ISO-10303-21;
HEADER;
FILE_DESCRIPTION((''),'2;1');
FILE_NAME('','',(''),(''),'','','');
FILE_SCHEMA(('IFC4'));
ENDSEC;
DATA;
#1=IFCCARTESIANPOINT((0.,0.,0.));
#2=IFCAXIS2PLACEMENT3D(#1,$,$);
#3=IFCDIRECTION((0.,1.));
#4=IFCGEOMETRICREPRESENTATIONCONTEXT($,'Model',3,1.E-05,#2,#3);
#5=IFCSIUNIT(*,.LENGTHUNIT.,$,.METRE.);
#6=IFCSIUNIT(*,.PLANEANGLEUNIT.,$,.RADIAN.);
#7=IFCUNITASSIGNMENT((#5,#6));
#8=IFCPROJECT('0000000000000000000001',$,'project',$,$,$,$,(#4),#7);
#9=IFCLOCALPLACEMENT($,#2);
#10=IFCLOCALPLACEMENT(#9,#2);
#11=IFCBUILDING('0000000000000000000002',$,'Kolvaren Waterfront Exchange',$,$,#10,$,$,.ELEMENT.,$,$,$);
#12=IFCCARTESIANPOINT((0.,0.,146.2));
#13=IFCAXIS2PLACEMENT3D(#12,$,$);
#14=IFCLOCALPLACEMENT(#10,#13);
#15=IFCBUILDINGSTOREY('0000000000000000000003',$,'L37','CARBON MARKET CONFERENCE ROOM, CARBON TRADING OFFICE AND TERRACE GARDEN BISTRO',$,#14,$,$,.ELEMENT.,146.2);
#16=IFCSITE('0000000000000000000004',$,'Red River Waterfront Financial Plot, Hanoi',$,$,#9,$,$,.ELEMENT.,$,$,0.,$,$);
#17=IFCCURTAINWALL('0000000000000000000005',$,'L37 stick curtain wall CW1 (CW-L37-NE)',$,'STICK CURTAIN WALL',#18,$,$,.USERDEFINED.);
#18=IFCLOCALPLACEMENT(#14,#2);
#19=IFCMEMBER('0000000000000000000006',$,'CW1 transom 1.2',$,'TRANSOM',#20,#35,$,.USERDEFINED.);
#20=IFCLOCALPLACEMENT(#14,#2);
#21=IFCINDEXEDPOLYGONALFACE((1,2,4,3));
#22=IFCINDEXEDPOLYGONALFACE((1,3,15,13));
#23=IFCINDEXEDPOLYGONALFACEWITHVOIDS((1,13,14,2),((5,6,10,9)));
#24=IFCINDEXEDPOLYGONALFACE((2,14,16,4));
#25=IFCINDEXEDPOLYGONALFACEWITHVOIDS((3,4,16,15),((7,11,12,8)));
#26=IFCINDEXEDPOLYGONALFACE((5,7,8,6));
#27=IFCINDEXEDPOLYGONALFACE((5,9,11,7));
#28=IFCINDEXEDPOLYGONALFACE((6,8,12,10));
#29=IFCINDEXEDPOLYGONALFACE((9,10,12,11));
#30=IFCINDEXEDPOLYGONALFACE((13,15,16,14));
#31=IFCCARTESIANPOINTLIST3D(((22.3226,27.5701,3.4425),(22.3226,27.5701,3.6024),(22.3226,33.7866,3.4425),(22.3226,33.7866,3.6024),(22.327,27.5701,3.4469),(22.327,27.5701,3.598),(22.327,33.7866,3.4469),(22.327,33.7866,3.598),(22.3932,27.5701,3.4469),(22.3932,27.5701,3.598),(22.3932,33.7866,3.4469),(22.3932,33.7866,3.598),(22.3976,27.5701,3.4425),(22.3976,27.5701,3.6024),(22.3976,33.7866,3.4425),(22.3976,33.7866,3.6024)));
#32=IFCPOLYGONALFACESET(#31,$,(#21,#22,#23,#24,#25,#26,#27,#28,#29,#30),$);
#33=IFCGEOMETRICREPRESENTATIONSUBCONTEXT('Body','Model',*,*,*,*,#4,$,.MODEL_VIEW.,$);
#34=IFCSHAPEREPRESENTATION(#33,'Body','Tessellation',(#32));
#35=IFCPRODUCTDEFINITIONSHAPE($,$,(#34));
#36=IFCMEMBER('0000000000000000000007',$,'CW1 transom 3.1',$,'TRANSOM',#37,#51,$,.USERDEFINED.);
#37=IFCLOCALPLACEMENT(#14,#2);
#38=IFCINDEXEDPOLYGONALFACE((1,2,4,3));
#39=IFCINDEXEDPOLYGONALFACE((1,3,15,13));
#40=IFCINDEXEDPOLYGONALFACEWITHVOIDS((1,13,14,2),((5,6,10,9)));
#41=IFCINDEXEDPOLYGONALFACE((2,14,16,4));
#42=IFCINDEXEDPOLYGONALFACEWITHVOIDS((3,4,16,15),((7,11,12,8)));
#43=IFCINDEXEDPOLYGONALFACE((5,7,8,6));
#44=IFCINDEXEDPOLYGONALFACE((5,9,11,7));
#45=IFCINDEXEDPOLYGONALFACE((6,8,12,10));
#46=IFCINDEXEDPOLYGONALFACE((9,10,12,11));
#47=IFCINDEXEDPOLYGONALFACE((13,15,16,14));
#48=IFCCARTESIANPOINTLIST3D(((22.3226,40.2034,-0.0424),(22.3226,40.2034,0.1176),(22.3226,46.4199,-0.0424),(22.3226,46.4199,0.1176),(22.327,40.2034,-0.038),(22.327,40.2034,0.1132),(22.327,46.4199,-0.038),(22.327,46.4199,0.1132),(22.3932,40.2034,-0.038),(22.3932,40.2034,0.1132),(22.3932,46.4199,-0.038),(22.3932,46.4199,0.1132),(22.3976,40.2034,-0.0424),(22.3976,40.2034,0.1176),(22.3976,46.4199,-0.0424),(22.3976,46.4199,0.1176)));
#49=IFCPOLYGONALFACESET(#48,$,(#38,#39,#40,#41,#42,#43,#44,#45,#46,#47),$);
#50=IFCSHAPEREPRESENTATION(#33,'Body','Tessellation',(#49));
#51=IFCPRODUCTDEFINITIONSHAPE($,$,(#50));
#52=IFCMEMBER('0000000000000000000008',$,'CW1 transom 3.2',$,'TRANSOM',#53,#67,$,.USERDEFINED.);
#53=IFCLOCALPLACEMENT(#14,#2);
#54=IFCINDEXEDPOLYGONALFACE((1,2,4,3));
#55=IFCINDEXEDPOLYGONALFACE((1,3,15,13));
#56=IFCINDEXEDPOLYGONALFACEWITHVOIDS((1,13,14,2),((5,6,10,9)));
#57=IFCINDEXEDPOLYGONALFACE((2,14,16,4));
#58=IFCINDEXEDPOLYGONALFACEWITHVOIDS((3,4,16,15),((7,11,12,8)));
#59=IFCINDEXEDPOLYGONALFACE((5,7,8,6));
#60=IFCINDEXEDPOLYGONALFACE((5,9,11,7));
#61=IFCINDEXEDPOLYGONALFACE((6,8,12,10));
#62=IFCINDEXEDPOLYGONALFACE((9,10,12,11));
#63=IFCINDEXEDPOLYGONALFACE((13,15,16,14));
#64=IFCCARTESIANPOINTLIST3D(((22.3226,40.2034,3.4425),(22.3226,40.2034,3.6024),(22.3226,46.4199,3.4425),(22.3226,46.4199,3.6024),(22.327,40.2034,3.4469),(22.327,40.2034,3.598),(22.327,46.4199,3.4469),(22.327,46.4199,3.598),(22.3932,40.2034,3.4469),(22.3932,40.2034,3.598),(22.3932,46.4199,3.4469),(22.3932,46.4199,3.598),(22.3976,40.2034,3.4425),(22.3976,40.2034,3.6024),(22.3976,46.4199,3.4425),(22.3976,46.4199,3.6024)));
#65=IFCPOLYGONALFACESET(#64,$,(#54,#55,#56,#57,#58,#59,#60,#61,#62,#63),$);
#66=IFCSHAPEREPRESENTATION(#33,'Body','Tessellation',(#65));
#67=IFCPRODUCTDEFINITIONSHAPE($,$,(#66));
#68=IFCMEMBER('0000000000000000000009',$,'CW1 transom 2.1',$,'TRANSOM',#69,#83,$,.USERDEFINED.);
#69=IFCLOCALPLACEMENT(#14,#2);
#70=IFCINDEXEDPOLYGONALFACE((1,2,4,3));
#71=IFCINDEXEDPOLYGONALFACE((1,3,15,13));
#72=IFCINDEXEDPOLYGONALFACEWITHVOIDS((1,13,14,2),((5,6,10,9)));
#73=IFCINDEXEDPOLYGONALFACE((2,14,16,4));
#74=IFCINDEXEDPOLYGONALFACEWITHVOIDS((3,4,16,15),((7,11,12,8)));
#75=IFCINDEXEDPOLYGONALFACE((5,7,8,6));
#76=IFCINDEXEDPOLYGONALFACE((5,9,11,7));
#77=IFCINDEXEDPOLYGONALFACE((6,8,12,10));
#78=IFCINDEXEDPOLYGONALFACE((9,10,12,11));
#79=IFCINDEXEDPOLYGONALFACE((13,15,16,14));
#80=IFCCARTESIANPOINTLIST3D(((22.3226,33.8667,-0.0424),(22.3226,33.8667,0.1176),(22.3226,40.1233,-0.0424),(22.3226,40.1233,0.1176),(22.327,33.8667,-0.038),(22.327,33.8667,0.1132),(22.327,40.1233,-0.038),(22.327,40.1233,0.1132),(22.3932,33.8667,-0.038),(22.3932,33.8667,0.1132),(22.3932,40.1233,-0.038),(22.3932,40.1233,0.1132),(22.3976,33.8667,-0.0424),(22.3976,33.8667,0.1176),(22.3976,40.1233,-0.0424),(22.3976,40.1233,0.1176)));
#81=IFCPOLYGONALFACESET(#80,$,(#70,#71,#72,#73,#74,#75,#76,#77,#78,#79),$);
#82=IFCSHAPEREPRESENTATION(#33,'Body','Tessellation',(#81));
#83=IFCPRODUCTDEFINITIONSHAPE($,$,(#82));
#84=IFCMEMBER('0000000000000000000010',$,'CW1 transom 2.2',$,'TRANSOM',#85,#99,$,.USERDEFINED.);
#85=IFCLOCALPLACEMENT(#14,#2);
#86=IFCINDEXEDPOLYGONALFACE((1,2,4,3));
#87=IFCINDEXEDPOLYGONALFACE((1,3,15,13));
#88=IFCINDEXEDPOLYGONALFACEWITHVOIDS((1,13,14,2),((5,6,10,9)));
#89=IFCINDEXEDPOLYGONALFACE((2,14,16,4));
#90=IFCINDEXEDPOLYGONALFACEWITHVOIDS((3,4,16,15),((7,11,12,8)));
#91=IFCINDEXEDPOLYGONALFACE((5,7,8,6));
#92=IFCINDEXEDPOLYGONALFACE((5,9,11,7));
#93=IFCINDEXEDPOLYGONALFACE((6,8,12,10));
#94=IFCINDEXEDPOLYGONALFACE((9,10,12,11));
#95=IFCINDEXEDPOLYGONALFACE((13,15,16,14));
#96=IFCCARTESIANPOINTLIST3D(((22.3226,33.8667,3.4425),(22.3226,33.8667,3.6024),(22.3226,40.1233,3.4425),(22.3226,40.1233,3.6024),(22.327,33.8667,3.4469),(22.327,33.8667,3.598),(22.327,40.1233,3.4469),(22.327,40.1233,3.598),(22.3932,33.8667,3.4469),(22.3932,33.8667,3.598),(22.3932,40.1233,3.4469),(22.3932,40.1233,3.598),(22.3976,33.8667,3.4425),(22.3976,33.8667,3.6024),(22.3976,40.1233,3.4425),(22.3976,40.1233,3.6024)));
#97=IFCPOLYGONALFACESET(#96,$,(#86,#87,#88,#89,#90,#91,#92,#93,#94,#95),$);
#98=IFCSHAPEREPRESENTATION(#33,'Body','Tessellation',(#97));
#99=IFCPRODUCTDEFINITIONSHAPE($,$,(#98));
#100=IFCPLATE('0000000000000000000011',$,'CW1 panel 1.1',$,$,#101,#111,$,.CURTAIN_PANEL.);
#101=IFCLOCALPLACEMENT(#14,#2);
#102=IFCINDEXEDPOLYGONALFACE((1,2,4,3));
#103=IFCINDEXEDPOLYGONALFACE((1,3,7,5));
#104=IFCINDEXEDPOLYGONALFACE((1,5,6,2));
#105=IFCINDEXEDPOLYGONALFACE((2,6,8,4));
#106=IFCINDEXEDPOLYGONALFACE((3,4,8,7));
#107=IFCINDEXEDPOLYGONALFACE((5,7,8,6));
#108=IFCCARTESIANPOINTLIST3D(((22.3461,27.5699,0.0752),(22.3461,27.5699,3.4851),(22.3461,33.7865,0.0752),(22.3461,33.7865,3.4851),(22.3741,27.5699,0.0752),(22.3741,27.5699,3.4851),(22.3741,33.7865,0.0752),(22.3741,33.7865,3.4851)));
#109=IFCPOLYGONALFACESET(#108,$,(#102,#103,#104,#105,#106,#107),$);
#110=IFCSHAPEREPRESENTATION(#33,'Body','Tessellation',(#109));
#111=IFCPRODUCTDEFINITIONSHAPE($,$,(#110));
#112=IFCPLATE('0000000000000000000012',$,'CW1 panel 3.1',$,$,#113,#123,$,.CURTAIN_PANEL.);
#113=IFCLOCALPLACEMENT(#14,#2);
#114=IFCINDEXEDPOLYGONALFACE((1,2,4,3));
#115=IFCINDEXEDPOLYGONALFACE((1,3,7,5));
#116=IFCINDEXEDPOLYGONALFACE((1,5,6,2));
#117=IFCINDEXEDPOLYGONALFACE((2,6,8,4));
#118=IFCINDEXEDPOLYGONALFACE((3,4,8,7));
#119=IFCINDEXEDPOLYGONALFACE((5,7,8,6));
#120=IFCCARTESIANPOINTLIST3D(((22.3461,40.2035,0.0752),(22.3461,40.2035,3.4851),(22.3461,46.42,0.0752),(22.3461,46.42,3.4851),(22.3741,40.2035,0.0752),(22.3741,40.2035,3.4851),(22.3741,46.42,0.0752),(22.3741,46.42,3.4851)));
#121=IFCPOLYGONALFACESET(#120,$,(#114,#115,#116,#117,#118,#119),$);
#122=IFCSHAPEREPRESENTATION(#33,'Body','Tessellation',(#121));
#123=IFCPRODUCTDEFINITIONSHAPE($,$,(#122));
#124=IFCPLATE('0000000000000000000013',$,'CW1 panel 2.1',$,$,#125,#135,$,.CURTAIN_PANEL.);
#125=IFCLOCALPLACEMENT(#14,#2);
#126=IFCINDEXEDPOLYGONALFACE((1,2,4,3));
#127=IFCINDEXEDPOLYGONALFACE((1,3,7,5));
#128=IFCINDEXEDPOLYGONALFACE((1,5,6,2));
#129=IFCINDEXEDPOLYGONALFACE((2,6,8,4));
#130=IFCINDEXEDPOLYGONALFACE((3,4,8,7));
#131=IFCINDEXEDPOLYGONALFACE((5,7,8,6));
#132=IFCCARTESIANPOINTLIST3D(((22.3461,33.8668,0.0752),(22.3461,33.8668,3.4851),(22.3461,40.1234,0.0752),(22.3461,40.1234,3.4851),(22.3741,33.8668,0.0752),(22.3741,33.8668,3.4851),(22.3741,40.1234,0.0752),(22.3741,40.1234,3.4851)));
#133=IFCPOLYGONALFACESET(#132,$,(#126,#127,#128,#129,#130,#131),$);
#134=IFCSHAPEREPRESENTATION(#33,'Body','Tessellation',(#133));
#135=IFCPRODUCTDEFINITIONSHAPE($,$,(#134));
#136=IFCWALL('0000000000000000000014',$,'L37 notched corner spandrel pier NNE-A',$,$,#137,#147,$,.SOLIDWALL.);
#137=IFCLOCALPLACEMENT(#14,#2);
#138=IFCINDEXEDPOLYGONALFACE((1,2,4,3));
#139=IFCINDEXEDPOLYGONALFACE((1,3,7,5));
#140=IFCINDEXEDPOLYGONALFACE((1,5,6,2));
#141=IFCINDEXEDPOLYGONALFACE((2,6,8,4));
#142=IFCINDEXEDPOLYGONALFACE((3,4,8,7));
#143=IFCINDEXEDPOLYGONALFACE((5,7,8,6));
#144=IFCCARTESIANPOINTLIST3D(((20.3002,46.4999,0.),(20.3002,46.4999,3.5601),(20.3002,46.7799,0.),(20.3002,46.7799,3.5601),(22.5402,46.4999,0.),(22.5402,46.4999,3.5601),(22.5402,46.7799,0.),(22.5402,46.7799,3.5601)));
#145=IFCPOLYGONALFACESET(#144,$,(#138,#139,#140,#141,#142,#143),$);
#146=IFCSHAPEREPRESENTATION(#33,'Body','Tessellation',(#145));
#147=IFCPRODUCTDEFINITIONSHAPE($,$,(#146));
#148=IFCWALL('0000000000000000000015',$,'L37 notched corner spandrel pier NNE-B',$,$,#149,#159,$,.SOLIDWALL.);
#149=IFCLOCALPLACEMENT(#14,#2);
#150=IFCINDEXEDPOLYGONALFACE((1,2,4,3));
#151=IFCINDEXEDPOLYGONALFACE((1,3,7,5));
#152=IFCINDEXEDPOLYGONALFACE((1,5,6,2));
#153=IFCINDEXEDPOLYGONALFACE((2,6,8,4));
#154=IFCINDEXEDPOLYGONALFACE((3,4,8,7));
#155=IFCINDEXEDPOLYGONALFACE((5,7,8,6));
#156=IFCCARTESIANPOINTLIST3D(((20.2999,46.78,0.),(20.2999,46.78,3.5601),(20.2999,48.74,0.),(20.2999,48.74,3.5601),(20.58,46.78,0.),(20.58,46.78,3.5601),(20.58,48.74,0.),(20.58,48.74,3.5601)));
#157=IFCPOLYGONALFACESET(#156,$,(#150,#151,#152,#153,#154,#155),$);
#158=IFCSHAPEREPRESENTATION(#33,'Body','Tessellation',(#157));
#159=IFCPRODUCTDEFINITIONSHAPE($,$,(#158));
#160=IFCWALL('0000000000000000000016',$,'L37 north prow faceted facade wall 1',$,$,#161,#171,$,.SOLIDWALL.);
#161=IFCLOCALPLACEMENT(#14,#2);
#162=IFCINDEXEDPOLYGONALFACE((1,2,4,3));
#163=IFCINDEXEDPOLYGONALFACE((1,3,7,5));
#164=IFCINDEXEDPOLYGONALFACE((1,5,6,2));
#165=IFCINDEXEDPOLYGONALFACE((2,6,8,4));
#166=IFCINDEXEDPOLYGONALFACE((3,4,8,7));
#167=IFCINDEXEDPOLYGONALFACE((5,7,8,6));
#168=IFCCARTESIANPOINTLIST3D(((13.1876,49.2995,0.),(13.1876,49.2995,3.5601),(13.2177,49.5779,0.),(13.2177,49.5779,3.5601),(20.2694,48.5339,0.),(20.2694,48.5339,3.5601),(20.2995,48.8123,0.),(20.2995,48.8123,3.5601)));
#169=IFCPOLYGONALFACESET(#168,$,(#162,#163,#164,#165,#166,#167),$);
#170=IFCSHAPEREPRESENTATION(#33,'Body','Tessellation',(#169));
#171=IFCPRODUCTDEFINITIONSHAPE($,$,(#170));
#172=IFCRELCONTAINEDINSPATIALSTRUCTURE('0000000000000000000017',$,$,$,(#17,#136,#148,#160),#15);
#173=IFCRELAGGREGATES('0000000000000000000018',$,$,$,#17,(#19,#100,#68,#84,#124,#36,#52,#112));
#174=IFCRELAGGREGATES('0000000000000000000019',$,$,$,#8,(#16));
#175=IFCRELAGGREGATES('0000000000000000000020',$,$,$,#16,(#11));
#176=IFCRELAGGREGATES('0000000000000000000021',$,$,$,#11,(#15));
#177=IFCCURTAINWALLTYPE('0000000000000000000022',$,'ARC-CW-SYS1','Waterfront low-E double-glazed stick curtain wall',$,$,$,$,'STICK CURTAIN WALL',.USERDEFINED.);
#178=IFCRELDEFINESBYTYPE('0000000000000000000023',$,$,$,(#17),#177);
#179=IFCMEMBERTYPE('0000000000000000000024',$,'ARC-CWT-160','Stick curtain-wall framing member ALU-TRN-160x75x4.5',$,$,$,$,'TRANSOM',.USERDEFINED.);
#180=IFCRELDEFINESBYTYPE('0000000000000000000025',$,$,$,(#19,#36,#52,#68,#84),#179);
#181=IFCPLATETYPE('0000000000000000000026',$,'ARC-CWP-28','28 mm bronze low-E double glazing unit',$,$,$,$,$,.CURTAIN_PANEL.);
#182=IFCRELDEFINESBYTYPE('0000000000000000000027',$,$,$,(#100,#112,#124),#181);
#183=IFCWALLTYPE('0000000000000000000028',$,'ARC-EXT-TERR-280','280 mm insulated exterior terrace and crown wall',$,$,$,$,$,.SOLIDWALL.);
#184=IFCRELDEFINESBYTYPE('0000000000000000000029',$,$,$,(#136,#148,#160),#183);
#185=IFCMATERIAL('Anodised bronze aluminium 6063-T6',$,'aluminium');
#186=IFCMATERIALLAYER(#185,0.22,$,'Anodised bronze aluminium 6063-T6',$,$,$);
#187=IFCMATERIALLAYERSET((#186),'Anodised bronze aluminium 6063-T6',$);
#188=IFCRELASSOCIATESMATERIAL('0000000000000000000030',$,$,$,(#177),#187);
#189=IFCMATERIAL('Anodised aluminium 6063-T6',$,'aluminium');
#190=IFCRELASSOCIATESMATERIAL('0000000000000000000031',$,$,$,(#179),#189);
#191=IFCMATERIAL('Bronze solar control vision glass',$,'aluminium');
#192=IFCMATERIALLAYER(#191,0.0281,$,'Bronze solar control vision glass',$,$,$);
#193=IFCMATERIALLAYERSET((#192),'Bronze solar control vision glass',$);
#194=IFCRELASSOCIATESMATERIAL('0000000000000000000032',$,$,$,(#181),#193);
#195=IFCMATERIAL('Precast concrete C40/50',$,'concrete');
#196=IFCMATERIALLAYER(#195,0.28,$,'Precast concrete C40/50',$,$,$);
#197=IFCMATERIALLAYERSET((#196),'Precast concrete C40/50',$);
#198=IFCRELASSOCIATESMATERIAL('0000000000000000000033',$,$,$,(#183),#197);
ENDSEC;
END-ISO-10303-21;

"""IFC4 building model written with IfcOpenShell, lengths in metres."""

from ifc_helpers import new_model, si_unit, direction, frame, frame_2d, origin, origin_with_axes, origin_2d, place, context, subcontext, project, spatial, rectangle, hollow_rectangle, extrude, source, transform, mapped, material, layer, layer_set, material_profile, profile_set, type_object, element, aggregate, save


model = new_model("IFC4")

# Units and contexts
model_context = context("Model", 3, precision=1e-05, world=origin(), true_north=direction((0.0, 1.0)))
body_context = subcontext(model_context, "Body", "Model", "MODEL_VIEW")
ifc_project = project(units=[si_unit("LENGTHUNIT", "METRE"), si_unit("PLANEANGLEUNIT", "RADIAN")], contexts=[model_context])

# Site, building, storey
site_placement = place(None, origin())
site = spatial("IfcSite", under=ifc_project, at=site_placement, Name="Red River Waterfront Financial Plot, Hanoi", CompositionType="ELEMENT", RefElevation=0.0)
building_placement = place(site_placement, origin())
building = spatial("IfcBuilding", under=site, at=building_placement, Name="Kolvaren Waterfront Exchange", CompositionType="ELEMENT")
storey_placement = place(building_placement, frame((0.0, 0.0, 146.2)))
storey = spatial("IfcBuildingStorey", under=building, at=storey_placement, Name="L37", Description="CARBON MARKET CONFERENCE ROOM, CARBON TRADING OFFICE AND TERRACE GARDEN BISTRO", CompositionType="ELEMENT", Elevation=146.2)

# Curtain wall, members, plates
ifc_material_1 = material(Name="Anodised bronze aluminium 6063-T6", Category="aluminium")
ifc_layer_1 = layer(ifc_material_1, 0.22, Name="Anodised bronze aluminium 6063-T6")
ifc_layer_set_1 = layer_set([ifc_layer_1], Name="Anodised bronze aluminium 6063-T6")
curtain_wall_type = type_object("IfcCurtainWallType", Name="ARC-CW-SYS1", Description="Waterfront low-E double-glazed stick curtain wall", ElementType="STICK CURTAIN WALL", PredefinedType="USERDEFINED", material=ifc_layer_set_1)
curtain_wall_placement = place(storey_placement, origin())
curtain_wall = element("IfcCurtainWall", 1, at=curtain_wall_placement, inside=storey, type_object=curtain_wall_type, Name="L37 stick curtain wall CW1 (CW-L37-NE)", ObjectType="STICK CURTAIN WALL", PredefinedType="USERDEFINED")
ifc_material_2 = material(Name="Anodised aluminium 6063-T6", Category="aluminium")
ifc_material_profile_1 = material_profile(ifc_material_2, hollow_rectangle(XDim=0.075, YDim=0.1599, WallThickness=0.0044, at=origin_2d()), Name="ALU-TRN-160x75x4.5")
ifc_profile_set_1 = profile_set([ifc_material_profile_1], Name="Anodised aluminium 6063-T6")
member_type_1 = type_object("IfcMemberType", Name="ARC-CWT-160", Description="Stick curtain-wall framing member ALU-TRN-160x75x4.5", ElementType="TRANSOM", PredefinedType="USERDEFINED", material=ifc_profile_set_1)
shared_shape_1 = source(origin_with_axes(), body_context, "Body", "SweptSolid", [
    extrude(hollow_rectangle(XDim=0.075, YDim=0.1599, WallThickness=0.0044, at=origin_2d()), origin(), (0.0, 0.0, 1.0), 6.2166),
])
member_1_placement = place(storey_placement, frame((22.3601, 27.5701, 3.5225), z_axis=(0.0, 1.0, 0.0), x_axis=(-1.0, 0.0, 0.0)))
member_1 = element("IfcMember", 2, at=member_1_placement, type_object=member_type_1, Name="CW1 transom 1.2", ObjectType="TRANSOM", PredefinedType="USERDEFINED", context=body_context, shape_type="MappedRepresentation", body=[
    mapped(shared_shape_1, transform((0.0, 0.0, 0.0), x_axis=(1.0, 0.0, 0.0), y_axis=(0.0, 1.0, 0.0), z_axis=(0.0, 0.0, 1.0), scale=1.0)),
])
member_2_placement = place(storey_placement, frame((22.3601, 40.2034, 0.0376), z_axis=(0.0, 1.0, 0.0), x_axis=(-1.0, 0.0, 0.0)))
member_2 = element("IfcMember", 3, at=member_2_placement, type_object=member_type_1, Name="CW1 transom 3.1", ObjectType="TRANSOM", PredefinedType="USERDEFINED", context=body_context, shape_type="MappedRepresentation", body=[
    mapped(shared_shape_1, transform((0.0, 0.0, 0.0), x_axis=(1.0, 0.0, 0.0), y_axis=(0.0, 1.0, 0.0), z_axis=(0.0, 0.0, 1.0), scale=1.0)),
])
member_3_placement = place(storey_placement, frame((22.3601, 40.2034, 3.5225), z_axis=(0.0, 1.0, 0.0), x_axis=(-1.0, 0.0, 0.0)))
member_3 = element("IfcMember", 4, at=member_3_placement, type_object=member_type_1, Name="CW1 transom 3.2", ObjectType="TRANSOM", PredefinedType="USERDEFINED", context=body_context, shape_type="MappedRepresentation", body=[
    mapped(shared_shape_1, transform((0.0, 0.0, 0.0), x_axis=(1.0, 0.0, 0.0), y_axis=(0.0, 1.0, 0.0), z_axis=(0.0, 0.0, 1.0), scale=1.0)),
])
shared_shape_2 = source(origin_with_axes(), body_context, "Body", "SweptSolid", [
    extrude(hollow_rectangle(XDim=0.075, YDim=0.1599, WallThickness=0.0044, at=origin_2d()), origin(), (0.0, 0.0, 1.0), 6.2566),
])
member_4_placement = place(storey_placement, frame((22.3601, 33.8667, 0.0376), z_axis=(0.0, 1.0, 0.0), x_axis=(-1.0, 0.0, 0.0)))
member_4 = element("IfcMember", 5, at=member_4_placement, type_object=member_type_1, Name="CW1 transom 2.1", ObjectType="TRANSOM", PredefinedType="USERDEFINED", context=body_context, shape_type="MappedRepresentation", body=[
    mapped(shared_shape_2, transform((0.0, 0.0, 0.0), x_axis=(1.0, 0.0, 0.0), y_axis=(0.0, 1.0, 0.0), z_axis=(0.0, 0.0, 1.0), scale=1.0)),
])
member_5_placement = place(storey_placement, frame((22.3601, 33.8667, 3.5225), z_axis=(0.0, 1.0, 0.0), x_axis=(-1.0, 0.0, 0.0)))
member_5 = element("IfcMember", 6, at=member_5_placement, type_object=member_type_1, Name="CW1 transom 2.2", ObjectType="TRANSOM", PredefinedType="USERDEFINED", context=body_context, shape_type="MappedRepresentation", body=[
    mapped(shared_shape_2, transform((0.0, 0.0, 0.0), x_axis=(1.0, 0.0, 0.0), y_axis=(0.0, 1.0, 0.0), z_axis=(0.0, 0.0, 1.0), scale=1.0)),
])
ifc_material_3 = material(Name="Bronze solar control vision glass", Category="aluminium")
ifc_layer_2 = layer(ifc_material_3, 0.0281, Name="Bronze solar control vision glass")
ifc_layer_set_2 = layer_set([ifc_layer_2], Name="Bronze solar control vision glass")
plate_type = type_object("IfcPlateType", Name="ARC-CWP-28", Description="28 mm bronze low-E double glazing unit", PredefinedType="CURTAIN_PANEL", material=ifc_layer_set_2)
shared_shape_3 = source(origin_with_axes(), body_context, "Body", "SweptSolid", [
    extrude(rectangle(XDim=6.2166, YDim=0.0281, at=origin_2d()), origin(), (0.0, 0.0, 1.0), 3.4099),
])
plate_1_placement = place(storey_placement, frame((22.3601, 30.6782, 0.0752), z_axis=(0.0, 0.0, 1.0), x_axis=(0.0, 1.0, 0.0)))
plate_1 = element("IfcPlate", 7, at=plate_1_placement, type_object=plate_type, Name="CW1 panel 1.1", PredefinedType="CURTAIN_PANEL", context=body_context, shape_type="MappedRepresentation", body=[
    mapped(shared_shape_3, transform((0.0, 0.0, 0.0), x_axis=(1.0, 0.0, 0.0), y_axis=(0.0, 1.0, 0.0), z_axis=(0.0, 0.0, 1.0), scale=1.0)),
])
plate_2_placement = place(storey_placement, frame((22.3601, 43.3118, 0.0752), z_axis=(0.0, 0.0, 1.0), x_axis=(0.0, 1.0, 0.0)))
plate_2 = element("IfcPlate", 8, at=plate_2_placement, type_object=plate_type, Name="CW1 panel 3.1", PredefinedType="CURTAIN_PANEL", context=body_context, shape_type="MappedRepresentation", body=[
    mapped(shared_shape_3, transform((0.0, 0.0, 0.0), x_axis=(1.0, 0.0, 0.0), y_axis=(0.0, 1.0, 0.0), z_axis=(0.0, 0.0, 1.0), scale=1.0)),
])
shared_shape_4 = source(origin_with_axes(), body_context, "Body", "SweptSolid", [
    extrude(rectangle(XDim=6.2566, YDim=0.0281, at=origin_2d()), origin(), (0.0, 0.0, 1.0), 3.4099),
])
plate_3_placement = place(storey_placement, frame((22.3601, 36.9951, 0.0752), z_axis=(0.0, 0.0, 1.0), x_axis=(0.0, 1.0, 0.0)))
plate_3 = element("IfcPlate", 9, at=plate_3_placement, type_object=plate_type, Name="CW1 panel 2.1", PredefinedType="CURTAIN_PANEL", context=body_context, shape_type="MappedRepresentation", body=[
    mapped(shared_shape_4, transform((0.0, 0.0, 0.0), x_axis=(1.0, 0.0, 0.0), y_axis=(0.0, 1.0, 0.0), z_axis=(0.0, 0.0, 1.0), scale=1.0)),
])
aggregate(curtain_wall, [member_1, plate_1, member_4, member_5, plate_3, member_2, member_3, plate_2])

# Walls
ifc_material_4 = material(Name="Precast concrete C40/50", Category="concrete")
ifc_layer_3 = layer(ifc_material_4, 0.28, Name="Precast concrete C40/50")
ifc_layer_set_3 = layer_set([ifc_layer_3], Name="Precast concrete C40/50")
wall_type = type_object("IfcWallType", Name="ARC-EXT-TERR-280", Description="280 mm insulated exterior terrace and crown wall", PredefinedType="SOLIDWALL", material=ifc_layer_set_3)
wall_1_placement = place(storey_placement, frame((20.3, 46.6399, 0.0), z_axis=(0.0, 0.0, 1.0), x_axis=(1.0, 0.0, 0.0)))
element("IfcWall", 10, at=wall_1_placement, inside=storey, type_object=wall_type, Name="L37 notched corner spandrel pier NNE-A", PredefinedType="SOLIDWALL", context=body_context, shape_type="SweptSolid", body=[
    extrude(rectangle(XDim=2.24, YDim=0.28, at=frame_2d((1.1201, 0.0))), origin(), (0.0, 0.0, 1.0), 3.5601),
])
wall_2_placement = place(storey_placement, frame((20.4399, 46.78, 0.0), z_axis=(0.0, 0.0, 1.0), x_axis=(0.0, 1.0, 0.0)))
element("IfcWall", 11, at=wall_2_placement, inside=storey, type_object=wall_type, Name="L37 notched corner spandrel pier NNE-B", PredefinedType="SOLIDWALL", context=body_context, shape_type="SweptSolid", body=[
    extrude(rectangle(XDim=1.96, YDim=0.28, at=frame_2d((0.98, 0.0))), origin(), (0.0, 0.0, 1.0), 3.5601),
])
wall_3_placement = place(storey_placement, frame((20.2844, 48.6731, 0.0), z_axis=(0.0, 0.0, 1.0), x_axis=(-0.994207, 0.107486, 0.0)))
element("IfcWall", 12, at=wall_3_placement, inside=storey, type_object=wall_type, Name="L37 north prow faceted facade wall 1", PredefinedType="SOLIDWALL", context=body_context, shape_type="SweptSolid", body=[
    extrude(rectangle(XDim=7.123, YDim=0.28, at=frame_2d((3.5615, 0.0))), origin(), (0.0, 0.0, 1.0), 3.5601),
])

save(model, "model.ifc")
